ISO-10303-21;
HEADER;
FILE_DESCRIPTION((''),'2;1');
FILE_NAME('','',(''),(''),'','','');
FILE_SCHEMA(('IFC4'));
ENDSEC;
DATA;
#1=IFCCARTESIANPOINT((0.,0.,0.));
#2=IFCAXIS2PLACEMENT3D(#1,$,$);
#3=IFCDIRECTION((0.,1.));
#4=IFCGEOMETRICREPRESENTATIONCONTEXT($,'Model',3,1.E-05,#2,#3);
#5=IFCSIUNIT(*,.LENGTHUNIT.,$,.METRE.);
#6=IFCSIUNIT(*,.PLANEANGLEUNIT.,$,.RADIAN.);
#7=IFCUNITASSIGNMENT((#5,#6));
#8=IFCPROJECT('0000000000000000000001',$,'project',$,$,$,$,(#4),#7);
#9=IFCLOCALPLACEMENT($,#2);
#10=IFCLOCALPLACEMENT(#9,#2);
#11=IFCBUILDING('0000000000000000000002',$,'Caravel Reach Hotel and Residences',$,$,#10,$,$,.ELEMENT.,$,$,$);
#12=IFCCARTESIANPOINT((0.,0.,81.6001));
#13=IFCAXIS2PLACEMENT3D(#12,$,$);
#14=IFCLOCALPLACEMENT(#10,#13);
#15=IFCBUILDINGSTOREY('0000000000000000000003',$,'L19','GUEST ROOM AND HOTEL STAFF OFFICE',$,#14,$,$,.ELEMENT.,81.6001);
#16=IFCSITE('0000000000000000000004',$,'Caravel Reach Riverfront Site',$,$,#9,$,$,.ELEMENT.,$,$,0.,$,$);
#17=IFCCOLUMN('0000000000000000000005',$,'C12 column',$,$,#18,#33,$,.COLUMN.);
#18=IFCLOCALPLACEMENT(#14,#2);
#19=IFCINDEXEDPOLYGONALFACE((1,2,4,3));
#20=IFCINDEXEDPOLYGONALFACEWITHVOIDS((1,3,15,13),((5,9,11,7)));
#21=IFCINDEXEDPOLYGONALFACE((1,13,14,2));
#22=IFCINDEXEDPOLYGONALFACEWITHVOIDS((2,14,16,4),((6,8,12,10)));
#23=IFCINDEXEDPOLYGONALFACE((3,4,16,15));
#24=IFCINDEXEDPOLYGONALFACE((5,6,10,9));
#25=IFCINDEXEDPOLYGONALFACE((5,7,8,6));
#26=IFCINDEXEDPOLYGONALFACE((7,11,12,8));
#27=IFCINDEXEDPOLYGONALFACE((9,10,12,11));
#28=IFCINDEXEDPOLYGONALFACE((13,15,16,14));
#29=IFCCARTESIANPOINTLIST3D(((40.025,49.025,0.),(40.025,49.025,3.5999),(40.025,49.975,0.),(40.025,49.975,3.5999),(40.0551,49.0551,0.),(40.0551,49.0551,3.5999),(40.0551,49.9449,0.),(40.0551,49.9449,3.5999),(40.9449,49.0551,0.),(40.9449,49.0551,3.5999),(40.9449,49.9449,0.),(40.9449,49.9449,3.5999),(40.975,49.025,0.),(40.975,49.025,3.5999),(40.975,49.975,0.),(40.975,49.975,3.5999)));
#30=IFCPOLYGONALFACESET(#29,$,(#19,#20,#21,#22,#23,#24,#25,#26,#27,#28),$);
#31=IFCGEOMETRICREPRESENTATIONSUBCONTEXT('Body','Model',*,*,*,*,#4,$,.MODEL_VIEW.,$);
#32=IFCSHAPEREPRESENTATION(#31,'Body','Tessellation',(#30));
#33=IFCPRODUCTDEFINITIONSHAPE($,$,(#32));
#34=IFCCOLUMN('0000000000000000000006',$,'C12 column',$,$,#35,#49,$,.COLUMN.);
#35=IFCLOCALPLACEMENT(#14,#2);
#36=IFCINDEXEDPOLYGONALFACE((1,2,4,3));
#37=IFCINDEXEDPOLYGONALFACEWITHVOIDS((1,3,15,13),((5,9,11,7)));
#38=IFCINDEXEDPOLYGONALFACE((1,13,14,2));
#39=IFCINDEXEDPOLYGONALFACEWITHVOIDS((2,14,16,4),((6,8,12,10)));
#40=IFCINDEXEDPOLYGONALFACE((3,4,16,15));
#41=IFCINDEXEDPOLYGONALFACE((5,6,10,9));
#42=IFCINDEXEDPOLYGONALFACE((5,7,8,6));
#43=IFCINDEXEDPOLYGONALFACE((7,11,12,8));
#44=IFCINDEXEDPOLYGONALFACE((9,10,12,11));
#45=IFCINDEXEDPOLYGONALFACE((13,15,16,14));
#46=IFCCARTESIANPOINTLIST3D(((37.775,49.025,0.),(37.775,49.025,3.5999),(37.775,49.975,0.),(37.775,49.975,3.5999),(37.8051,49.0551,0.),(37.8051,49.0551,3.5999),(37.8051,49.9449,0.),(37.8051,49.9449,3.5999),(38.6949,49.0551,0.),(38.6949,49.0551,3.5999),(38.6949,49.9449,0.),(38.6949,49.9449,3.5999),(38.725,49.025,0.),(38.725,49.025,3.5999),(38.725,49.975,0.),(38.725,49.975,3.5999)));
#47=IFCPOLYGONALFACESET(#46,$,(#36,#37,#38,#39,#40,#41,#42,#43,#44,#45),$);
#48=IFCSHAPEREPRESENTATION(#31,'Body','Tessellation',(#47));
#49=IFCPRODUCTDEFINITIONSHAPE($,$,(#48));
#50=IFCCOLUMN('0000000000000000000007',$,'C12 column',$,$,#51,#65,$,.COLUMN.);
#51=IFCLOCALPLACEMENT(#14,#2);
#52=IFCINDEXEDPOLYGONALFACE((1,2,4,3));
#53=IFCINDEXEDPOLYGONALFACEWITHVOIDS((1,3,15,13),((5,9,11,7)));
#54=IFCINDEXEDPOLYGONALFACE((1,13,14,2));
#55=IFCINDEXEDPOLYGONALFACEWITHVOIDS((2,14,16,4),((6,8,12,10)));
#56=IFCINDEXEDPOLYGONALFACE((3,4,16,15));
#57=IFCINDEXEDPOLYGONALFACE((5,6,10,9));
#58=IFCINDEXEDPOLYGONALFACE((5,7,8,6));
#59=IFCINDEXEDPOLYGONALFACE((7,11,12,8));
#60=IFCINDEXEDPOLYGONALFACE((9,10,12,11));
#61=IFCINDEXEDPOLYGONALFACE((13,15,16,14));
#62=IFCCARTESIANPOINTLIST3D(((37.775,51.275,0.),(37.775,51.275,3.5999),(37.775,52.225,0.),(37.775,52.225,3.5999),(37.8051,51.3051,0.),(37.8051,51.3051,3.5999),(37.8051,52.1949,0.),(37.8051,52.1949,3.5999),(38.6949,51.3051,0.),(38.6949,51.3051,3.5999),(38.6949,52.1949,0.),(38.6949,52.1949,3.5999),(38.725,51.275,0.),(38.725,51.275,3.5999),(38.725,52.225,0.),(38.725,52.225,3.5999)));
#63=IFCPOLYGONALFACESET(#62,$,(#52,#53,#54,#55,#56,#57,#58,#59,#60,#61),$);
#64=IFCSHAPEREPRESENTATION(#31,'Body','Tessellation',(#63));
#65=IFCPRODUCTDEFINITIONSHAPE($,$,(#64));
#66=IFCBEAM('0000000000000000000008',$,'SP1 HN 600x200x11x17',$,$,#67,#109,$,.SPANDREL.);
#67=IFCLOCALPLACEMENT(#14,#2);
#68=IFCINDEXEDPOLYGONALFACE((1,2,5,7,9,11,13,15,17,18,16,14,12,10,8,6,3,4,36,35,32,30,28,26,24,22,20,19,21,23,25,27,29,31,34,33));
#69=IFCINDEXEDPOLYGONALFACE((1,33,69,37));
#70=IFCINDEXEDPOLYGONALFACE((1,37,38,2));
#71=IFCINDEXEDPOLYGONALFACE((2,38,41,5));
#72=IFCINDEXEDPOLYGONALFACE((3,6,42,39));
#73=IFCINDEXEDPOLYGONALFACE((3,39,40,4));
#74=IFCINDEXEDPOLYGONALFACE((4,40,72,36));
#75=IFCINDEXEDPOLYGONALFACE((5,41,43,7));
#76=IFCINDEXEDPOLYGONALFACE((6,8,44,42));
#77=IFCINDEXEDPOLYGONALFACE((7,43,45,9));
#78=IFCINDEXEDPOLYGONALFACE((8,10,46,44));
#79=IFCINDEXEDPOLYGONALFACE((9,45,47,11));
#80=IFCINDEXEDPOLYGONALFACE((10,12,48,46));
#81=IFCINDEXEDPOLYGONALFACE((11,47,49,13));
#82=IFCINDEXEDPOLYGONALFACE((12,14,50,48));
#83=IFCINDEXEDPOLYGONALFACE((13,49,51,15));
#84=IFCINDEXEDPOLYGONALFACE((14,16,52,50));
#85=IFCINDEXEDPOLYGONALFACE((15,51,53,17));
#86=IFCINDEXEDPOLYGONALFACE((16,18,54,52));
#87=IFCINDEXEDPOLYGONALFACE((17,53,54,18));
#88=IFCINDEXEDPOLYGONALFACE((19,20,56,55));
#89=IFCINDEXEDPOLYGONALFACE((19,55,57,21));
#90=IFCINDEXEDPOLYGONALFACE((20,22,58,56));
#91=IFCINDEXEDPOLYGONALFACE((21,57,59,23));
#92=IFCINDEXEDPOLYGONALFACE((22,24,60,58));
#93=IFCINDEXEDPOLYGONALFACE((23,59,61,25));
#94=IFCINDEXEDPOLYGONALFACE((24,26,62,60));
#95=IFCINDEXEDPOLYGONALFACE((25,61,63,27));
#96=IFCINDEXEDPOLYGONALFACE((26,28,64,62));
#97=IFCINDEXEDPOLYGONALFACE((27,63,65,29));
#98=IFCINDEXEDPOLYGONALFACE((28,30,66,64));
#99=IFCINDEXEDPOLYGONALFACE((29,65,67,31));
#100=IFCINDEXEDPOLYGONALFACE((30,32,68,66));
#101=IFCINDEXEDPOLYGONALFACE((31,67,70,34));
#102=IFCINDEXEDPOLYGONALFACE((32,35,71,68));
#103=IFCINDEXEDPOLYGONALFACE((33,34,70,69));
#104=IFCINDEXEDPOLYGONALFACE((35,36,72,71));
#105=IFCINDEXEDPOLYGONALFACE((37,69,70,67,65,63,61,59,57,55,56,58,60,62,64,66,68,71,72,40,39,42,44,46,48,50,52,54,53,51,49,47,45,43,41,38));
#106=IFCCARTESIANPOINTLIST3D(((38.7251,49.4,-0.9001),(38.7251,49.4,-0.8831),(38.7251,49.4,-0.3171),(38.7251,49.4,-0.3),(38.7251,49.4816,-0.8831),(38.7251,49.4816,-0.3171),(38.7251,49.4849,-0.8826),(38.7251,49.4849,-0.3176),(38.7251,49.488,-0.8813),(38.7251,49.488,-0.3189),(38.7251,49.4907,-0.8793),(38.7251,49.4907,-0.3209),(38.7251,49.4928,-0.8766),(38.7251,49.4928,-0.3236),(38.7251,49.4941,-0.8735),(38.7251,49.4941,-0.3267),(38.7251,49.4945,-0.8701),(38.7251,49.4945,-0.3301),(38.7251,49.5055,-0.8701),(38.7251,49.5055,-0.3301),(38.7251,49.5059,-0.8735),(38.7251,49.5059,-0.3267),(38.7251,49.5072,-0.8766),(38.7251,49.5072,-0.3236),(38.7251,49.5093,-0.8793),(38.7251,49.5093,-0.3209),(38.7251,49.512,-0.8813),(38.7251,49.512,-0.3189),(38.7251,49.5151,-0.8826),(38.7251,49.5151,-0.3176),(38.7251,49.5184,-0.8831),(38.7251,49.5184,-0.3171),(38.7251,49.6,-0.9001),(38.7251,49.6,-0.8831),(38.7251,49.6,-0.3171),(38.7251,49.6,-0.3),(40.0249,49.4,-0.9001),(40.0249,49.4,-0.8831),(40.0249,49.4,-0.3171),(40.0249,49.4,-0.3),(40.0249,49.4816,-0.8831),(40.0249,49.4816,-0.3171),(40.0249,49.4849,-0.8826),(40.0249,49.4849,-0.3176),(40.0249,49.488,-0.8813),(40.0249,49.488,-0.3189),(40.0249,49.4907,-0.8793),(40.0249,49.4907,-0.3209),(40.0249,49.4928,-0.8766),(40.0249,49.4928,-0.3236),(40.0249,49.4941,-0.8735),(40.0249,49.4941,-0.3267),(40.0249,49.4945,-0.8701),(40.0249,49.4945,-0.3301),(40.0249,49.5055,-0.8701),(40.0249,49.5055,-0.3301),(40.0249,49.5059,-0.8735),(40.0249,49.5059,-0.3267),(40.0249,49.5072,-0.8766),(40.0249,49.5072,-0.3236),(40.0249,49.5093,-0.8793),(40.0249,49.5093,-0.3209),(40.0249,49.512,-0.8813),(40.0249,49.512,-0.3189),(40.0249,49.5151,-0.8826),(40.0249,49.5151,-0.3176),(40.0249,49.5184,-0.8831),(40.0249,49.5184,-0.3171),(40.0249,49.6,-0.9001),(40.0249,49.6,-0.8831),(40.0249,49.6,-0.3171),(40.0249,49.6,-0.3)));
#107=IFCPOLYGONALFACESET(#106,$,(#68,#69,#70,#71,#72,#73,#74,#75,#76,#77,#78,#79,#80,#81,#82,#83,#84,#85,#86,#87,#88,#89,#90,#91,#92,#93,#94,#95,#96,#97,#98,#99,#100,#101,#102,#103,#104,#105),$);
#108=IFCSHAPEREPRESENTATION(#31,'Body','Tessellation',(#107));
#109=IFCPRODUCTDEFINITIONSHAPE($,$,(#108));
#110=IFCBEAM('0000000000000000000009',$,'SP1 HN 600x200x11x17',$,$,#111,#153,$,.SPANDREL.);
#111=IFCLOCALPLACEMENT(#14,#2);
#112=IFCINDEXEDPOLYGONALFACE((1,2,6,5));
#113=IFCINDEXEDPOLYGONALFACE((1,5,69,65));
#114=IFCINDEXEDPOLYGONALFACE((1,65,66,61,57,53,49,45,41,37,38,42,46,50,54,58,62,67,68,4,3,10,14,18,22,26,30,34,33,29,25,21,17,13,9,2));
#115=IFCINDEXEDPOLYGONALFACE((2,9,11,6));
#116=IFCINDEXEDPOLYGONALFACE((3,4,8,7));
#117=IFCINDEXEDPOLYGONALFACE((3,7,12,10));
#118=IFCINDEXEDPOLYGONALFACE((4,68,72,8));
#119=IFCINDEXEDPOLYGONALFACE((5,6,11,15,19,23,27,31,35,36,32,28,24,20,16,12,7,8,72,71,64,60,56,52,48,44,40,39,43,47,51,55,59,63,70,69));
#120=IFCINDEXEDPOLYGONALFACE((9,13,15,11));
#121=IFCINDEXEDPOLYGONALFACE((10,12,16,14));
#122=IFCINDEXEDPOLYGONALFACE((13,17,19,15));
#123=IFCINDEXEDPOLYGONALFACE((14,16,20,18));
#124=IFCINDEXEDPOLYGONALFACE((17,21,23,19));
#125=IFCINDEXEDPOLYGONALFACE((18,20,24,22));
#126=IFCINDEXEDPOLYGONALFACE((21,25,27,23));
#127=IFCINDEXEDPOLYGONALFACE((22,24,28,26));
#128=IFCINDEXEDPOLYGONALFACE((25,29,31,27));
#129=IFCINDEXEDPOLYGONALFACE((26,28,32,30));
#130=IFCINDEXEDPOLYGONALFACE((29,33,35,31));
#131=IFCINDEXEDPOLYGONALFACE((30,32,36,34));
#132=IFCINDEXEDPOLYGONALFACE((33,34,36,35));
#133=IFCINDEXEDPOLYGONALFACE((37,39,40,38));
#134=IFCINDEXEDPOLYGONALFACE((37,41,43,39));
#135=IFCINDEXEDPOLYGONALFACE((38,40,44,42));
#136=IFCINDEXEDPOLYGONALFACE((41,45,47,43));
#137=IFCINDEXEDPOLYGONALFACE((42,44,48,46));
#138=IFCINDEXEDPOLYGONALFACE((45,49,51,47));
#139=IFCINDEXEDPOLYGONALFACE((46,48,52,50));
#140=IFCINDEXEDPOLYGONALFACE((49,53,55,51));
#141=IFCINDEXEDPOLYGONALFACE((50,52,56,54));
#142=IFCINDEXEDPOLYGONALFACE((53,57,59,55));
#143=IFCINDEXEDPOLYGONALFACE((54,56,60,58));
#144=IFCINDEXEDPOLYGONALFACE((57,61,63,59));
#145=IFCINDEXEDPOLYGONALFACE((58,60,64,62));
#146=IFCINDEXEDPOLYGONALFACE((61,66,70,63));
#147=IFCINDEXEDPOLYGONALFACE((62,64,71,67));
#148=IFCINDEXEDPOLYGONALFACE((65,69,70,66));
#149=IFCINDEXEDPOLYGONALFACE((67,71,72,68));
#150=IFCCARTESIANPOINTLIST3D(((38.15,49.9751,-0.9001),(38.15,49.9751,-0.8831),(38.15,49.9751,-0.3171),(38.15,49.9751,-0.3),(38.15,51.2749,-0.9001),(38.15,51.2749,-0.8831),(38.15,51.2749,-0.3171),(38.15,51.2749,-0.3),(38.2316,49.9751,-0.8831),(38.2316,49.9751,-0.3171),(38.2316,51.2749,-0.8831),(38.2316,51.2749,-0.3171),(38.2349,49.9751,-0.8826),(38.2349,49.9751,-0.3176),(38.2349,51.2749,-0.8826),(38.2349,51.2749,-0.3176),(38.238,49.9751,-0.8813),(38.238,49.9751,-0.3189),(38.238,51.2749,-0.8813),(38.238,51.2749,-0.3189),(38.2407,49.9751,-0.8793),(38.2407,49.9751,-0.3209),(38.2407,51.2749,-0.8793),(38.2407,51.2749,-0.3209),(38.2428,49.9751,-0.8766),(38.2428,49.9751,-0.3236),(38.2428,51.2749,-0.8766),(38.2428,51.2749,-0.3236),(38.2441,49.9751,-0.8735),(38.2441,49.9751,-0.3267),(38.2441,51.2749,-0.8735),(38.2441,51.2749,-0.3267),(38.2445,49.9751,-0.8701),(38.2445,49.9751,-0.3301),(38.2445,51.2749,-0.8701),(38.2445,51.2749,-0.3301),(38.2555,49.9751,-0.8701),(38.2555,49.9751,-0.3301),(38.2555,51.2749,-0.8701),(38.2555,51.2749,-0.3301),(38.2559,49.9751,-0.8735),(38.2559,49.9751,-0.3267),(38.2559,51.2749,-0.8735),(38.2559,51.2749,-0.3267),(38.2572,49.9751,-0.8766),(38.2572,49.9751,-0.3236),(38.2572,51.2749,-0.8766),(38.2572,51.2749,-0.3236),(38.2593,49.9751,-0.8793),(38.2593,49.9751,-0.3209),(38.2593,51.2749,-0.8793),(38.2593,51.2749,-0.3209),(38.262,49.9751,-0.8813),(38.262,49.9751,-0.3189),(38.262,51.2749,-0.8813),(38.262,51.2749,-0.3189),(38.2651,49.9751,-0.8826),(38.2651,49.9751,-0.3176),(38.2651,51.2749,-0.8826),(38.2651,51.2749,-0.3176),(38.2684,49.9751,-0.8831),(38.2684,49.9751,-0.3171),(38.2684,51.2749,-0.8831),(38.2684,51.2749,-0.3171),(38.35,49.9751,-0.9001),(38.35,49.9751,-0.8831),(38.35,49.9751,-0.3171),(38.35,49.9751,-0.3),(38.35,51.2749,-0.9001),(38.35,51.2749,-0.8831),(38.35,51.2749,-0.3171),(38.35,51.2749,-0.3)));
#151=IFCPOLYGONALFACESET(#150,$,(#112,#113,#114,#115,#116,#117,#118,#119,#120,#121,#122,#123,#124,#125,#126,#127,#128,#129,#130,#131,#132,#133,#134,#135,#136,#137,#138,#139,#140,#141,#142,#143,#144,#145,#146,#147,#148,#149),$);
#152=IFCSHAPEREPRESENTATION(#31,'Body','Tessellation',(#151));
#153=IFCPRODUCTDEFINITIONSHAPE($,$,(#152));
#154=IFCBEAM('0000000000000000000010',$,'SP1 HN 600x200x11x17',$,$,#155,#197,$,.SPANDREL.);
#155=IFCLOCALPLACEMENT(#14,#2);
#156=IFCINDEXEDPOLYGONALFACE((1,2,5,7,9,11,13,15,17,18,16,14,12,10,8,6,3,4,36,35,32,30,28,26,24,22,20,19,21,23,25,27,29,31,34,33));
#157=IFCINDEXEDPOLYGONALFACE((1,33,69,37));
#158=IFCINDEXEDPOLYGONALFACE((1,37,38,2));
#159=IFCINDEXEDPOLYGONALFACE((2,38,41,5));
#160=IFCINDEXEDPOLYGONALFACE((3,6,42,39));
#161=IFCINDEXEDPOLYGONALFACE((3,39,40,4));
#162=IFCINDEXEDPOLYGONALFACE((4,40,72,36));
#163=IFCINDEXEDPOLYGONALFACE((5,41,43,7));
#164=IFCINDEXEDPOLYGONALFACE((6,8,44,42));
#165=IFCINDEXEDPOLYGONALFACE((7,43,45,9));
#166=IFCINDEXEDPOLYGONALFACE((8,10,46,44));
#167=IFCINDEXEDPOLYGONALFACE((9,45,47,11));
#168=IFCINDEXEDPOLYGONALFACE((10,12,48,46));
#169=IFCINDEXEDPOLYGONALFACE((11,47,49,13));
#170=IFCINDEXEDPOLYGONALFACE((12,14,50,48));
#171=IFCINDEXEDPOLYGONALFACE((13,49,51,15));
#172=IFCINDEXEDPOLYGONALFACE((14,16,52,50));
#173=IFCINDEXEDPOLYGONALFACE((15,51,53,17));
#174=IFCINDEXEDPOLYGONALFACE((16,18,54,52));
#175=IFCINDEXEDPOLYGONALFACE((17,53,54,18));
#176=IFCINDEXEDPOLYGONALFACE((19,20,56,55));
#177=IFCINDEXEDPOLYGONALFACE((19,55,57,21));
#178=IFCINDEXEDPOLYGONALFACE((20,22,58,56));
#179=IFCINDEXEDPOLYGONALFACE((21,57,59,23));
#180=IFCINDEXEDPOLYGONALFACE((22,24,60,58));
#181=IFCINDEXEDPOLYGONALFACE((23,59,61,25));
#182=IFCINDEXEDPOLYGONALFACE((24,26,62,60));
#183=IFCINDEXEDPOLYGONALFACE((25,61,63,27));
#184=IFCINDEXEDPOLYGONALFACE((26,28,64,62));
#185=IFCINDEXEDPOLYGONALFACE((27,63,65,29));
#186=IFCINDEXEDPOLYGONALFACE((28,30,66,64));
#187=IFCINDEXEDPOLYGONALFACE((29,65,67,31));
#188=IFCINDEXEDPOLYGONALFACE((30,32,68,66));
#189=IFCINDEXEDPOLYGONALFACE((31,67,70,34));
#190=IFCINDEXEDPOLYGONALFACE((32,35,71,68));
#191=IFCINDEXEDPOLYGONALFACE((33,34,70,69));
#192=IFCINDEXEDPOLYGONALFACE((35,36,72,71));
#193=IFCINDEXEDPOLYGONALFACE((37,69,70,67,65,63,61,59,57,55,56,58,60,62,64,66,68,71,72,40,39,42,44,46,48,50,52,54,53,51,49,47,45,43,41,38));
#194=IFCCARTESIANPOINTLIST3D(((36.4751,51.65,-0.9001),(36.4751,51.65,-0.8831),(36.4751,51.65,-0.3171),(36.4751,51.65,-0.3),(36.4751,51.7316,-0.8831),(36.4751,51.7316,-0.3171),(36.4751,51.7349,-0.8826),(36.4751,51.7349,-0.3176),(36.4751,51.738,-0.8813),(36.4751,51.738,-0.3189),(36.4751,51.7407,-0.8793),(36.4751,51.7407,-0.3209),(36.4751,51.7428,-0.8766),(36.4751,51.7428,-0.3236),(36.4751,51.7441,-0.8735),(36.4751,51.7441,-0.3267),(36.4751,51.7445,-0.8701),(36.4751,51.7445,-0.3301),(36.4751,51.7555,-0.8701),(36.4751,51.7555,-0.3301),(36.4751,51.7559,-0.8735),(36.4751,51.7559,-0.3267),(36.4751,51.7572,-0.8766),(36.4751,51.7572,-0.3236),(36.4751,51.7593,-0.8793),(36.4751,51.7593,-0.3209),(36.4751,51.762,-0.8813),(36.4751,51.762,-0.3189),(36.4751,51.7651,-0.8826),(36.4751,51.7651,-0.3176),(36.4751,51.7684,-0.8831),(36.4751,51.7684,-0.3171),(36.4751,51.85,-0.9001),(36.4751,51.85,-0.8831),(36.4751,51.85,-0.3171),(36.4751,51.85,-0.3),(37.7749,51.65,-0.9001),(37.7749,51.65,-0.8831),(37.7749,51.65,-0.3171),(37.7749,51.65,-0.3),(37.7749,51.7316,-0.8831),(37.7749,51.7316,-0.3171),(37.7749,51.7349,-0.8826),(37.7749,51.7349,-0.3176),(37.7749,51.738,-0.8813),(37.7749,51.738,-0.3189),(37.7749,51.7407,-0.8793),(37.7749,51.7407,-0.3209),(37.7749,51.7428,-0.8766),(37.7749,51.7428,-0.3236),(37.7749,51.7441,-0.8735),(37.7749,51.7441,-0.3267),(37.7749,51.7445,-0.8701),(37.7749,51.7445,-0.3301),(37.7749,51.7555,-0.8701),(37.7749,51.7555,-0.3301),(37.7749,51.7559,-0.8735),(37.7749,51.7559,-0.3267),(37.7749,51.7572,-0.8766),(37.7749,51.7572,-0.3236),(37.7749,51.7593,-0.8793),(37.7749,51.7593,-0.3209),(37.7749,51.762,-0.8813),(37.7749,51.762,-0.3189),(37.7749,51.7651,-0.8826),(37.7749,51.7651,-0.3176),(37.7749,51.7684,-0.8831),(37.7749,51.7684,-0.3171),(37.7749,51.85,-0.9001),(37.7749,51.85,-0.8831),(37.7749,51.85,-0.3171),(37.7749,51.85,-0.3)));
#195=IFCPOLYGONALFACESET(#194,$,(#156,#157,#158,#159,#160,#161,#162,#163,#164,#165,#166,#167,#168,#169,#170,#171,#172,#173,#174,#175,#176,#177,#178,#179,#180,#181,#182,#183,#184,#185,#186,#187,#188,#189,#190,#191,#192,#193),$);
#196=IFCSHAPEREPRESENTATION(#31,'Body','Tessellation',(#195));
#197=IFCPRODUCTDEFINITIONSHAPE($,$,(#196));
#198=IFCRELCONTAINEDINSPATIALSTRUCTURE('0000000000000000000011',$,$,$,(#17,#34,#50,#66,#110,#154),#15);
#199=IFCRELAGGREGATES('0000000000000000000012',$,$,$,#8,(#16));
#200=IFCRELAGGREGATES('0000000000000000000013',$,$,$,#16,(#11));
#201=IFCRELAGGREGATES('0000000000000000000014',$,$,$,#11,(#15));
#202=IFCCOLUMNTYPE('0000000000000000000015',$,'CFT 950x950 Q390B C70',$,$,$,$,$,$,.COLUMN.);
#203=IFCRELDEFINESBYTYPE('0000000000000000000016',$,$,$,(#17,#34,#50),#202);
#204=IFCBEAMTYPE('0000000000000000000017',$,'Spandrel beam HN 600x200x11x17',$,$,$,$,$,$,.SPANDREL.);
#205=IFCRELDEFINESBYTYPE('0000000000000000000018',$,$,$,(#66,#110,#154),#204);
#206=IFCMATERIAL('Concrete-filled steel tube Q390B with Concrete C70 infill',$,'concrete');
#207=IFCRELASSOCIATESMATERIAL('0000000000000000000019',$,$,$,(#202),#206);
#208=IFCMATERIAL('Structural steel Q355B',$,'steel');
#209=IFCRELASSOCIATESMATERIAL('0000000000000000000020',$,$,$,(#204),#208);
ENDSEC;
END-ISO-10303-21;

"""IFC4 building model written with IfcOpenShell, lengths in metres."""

from ifc_helpers import new_model, si_unit, direction, frame, origin, origin_2d, place, context, subcontext, project, spatial, hollow_rectangle, i_section, extrude, material, material_profile, profile_set, type_object, element, save


model = new_model("IFC4")

# Units and contexts
model_context = context("Model", 3, precision=1e-05, world=origin(), true_north=direction((0.0, 1.0)))
body_context = subcontext(model_context, "Body", "Model", "MODEL_VIEW")
ifc_project = project(units=[si_unit("LENGTHUNIT", "METRE"), si_unit("PLANEANGLEUNIT", "RADIAN")], contexts=[model_context])

# Site, building, storey
site_placement = place(None, origin())
site = spatial("IfcSite", under=ifc_project, at=site_placement, Name="Caravel Reach Riverfront Site", CompositionType="ELEMENT", RefElevation=0.0)
building_placement = place(site_placement, origin())
building = spatial("IfcBuilding", under=site, at=building_placement, Name="Caravel Reach Hotel and Residences", CompositionType="ELEMENT")
storey_placement = place(building_placement, frame((0.0, 0.0, 81.6001)))
storey = spatial("IfcBuildingStorey", under=building, at=storey_placement, Name="L19", Description="GUEST ROOM AND HOTEL STAFF OFFICE", CompositionType="ELEMENT", Elevation=81.6001)

# Columns
ifc_material_1 = material(Name="Concrete-filled steel tube Q390B with Concrete C70 infill", Category="concrete")
ifc_material_profile_1 = material_profile(ifc_material_1, hollow_rectangle(XDim=0.95, YDim=0.95, WallThickness=0.03, at=origin_2d()), Name="RHS 950x950x30")
ifc_profile_set_1 = profile_set([ifc_material_profile_1], Name="Concrete-filled steel tube Q390B with Concrete C70 infill")
column_type = type_object("IfcColumnType", Name="CFT 950x950 Q390B C70", PredefinedType="COLUMN", material=ifc_profile_set_1)
for number, where, z_axis, x_axis, name in (
    (1, (40.5, 49.5, 0.0), (0.0, 0.0, 1.0), (1.0, 0.0, 0.0), "C12 column"),
    (2, (38.25, 49.5, 0.0), (0.0, 0.0, 1.0), (1.0, 0.0, 0.0), "C12 column"),
    (3, (38.25, 51.75, 0.0), (0.0, 0.0, 1.0), (1.0, 0.0, 0.0), "C12 column"),
):
    element("IfcColumn", number, at=place(storey_placement, frame(where, z_axis=z_axis, x_axis=x_axis)), inside=storey, type_object=column_type, Name=name, PredefinedType="COLUMN", context=body_context, shape_type="SweptSolid", body=[
        extrude(hollow_rectangle(XDim=0.95, YDim=0.95, WallThickness=0.03, at=origin_2d()), origin(), (0.0, 0.0, 1.0), 3.5999),
    ])

# Beams
ifc_material_2 = material(Name="Structural steel Q355B", Category="steel")
ifc_material_profile_2 = material_profile(ifc_material_2, i_section(OverallWidth=0.2, OverallDepth=0.6001, WebThickness=0.011, FlangeThickness=0.0171, FilletRadius=0.0129, at=origin_2d()), Name="HN 600x200x11x17")
ifc_profile_set_2 = profile_set([ifc_material_profile_2], Name="Structural steel Q355B")
beam_type = type_object("IfcBeamType", Name="Spandrel beam HN 600x200x11x17", PredefinedType="SPANDREL", material=ifc_profile_set_2)
for number, where, z_axis, x_axis, name in (
    (4, (40.0249, 49.5, -0.6001), (-1.0, 0.0, 0.0), (0.0, -1.0, 0.0), "SP1 HN 600x200x11x17"),
    (5, (38.25, 49.9751, -0.6001), (0.0, 1.0, 0.0), (-1.0, 0.0, 0.0), "SP1 HN 600x200x11x17"),
    (6, (37.7749, 51.75, -0.6001), (-1.0, 0.0, 0.0), (0.0, -1.0, 0.0), "SP1 HN 600x200x11x17"),
):
    element("IfcBeam", number, at=place(storey_placement, frame(where, z_axis=z_axis, x_axis=x_axis)), inside=storey, type_object=beam_type, Name=name, PredefinedType="SPANDREL", context=body_context, shape_type="SweptSolid", body=[
        extrude(i_section(OverallWidth=0.2, OverallDepth=0.6001, WebThickness=0.011, FlangeThickness=0.0171, FilletRadius=0.0129, at=origin_2d()), origin(), (0.0, 0.0, 1.0), 1.2998),
    ])

save(model, "model.ifc")
